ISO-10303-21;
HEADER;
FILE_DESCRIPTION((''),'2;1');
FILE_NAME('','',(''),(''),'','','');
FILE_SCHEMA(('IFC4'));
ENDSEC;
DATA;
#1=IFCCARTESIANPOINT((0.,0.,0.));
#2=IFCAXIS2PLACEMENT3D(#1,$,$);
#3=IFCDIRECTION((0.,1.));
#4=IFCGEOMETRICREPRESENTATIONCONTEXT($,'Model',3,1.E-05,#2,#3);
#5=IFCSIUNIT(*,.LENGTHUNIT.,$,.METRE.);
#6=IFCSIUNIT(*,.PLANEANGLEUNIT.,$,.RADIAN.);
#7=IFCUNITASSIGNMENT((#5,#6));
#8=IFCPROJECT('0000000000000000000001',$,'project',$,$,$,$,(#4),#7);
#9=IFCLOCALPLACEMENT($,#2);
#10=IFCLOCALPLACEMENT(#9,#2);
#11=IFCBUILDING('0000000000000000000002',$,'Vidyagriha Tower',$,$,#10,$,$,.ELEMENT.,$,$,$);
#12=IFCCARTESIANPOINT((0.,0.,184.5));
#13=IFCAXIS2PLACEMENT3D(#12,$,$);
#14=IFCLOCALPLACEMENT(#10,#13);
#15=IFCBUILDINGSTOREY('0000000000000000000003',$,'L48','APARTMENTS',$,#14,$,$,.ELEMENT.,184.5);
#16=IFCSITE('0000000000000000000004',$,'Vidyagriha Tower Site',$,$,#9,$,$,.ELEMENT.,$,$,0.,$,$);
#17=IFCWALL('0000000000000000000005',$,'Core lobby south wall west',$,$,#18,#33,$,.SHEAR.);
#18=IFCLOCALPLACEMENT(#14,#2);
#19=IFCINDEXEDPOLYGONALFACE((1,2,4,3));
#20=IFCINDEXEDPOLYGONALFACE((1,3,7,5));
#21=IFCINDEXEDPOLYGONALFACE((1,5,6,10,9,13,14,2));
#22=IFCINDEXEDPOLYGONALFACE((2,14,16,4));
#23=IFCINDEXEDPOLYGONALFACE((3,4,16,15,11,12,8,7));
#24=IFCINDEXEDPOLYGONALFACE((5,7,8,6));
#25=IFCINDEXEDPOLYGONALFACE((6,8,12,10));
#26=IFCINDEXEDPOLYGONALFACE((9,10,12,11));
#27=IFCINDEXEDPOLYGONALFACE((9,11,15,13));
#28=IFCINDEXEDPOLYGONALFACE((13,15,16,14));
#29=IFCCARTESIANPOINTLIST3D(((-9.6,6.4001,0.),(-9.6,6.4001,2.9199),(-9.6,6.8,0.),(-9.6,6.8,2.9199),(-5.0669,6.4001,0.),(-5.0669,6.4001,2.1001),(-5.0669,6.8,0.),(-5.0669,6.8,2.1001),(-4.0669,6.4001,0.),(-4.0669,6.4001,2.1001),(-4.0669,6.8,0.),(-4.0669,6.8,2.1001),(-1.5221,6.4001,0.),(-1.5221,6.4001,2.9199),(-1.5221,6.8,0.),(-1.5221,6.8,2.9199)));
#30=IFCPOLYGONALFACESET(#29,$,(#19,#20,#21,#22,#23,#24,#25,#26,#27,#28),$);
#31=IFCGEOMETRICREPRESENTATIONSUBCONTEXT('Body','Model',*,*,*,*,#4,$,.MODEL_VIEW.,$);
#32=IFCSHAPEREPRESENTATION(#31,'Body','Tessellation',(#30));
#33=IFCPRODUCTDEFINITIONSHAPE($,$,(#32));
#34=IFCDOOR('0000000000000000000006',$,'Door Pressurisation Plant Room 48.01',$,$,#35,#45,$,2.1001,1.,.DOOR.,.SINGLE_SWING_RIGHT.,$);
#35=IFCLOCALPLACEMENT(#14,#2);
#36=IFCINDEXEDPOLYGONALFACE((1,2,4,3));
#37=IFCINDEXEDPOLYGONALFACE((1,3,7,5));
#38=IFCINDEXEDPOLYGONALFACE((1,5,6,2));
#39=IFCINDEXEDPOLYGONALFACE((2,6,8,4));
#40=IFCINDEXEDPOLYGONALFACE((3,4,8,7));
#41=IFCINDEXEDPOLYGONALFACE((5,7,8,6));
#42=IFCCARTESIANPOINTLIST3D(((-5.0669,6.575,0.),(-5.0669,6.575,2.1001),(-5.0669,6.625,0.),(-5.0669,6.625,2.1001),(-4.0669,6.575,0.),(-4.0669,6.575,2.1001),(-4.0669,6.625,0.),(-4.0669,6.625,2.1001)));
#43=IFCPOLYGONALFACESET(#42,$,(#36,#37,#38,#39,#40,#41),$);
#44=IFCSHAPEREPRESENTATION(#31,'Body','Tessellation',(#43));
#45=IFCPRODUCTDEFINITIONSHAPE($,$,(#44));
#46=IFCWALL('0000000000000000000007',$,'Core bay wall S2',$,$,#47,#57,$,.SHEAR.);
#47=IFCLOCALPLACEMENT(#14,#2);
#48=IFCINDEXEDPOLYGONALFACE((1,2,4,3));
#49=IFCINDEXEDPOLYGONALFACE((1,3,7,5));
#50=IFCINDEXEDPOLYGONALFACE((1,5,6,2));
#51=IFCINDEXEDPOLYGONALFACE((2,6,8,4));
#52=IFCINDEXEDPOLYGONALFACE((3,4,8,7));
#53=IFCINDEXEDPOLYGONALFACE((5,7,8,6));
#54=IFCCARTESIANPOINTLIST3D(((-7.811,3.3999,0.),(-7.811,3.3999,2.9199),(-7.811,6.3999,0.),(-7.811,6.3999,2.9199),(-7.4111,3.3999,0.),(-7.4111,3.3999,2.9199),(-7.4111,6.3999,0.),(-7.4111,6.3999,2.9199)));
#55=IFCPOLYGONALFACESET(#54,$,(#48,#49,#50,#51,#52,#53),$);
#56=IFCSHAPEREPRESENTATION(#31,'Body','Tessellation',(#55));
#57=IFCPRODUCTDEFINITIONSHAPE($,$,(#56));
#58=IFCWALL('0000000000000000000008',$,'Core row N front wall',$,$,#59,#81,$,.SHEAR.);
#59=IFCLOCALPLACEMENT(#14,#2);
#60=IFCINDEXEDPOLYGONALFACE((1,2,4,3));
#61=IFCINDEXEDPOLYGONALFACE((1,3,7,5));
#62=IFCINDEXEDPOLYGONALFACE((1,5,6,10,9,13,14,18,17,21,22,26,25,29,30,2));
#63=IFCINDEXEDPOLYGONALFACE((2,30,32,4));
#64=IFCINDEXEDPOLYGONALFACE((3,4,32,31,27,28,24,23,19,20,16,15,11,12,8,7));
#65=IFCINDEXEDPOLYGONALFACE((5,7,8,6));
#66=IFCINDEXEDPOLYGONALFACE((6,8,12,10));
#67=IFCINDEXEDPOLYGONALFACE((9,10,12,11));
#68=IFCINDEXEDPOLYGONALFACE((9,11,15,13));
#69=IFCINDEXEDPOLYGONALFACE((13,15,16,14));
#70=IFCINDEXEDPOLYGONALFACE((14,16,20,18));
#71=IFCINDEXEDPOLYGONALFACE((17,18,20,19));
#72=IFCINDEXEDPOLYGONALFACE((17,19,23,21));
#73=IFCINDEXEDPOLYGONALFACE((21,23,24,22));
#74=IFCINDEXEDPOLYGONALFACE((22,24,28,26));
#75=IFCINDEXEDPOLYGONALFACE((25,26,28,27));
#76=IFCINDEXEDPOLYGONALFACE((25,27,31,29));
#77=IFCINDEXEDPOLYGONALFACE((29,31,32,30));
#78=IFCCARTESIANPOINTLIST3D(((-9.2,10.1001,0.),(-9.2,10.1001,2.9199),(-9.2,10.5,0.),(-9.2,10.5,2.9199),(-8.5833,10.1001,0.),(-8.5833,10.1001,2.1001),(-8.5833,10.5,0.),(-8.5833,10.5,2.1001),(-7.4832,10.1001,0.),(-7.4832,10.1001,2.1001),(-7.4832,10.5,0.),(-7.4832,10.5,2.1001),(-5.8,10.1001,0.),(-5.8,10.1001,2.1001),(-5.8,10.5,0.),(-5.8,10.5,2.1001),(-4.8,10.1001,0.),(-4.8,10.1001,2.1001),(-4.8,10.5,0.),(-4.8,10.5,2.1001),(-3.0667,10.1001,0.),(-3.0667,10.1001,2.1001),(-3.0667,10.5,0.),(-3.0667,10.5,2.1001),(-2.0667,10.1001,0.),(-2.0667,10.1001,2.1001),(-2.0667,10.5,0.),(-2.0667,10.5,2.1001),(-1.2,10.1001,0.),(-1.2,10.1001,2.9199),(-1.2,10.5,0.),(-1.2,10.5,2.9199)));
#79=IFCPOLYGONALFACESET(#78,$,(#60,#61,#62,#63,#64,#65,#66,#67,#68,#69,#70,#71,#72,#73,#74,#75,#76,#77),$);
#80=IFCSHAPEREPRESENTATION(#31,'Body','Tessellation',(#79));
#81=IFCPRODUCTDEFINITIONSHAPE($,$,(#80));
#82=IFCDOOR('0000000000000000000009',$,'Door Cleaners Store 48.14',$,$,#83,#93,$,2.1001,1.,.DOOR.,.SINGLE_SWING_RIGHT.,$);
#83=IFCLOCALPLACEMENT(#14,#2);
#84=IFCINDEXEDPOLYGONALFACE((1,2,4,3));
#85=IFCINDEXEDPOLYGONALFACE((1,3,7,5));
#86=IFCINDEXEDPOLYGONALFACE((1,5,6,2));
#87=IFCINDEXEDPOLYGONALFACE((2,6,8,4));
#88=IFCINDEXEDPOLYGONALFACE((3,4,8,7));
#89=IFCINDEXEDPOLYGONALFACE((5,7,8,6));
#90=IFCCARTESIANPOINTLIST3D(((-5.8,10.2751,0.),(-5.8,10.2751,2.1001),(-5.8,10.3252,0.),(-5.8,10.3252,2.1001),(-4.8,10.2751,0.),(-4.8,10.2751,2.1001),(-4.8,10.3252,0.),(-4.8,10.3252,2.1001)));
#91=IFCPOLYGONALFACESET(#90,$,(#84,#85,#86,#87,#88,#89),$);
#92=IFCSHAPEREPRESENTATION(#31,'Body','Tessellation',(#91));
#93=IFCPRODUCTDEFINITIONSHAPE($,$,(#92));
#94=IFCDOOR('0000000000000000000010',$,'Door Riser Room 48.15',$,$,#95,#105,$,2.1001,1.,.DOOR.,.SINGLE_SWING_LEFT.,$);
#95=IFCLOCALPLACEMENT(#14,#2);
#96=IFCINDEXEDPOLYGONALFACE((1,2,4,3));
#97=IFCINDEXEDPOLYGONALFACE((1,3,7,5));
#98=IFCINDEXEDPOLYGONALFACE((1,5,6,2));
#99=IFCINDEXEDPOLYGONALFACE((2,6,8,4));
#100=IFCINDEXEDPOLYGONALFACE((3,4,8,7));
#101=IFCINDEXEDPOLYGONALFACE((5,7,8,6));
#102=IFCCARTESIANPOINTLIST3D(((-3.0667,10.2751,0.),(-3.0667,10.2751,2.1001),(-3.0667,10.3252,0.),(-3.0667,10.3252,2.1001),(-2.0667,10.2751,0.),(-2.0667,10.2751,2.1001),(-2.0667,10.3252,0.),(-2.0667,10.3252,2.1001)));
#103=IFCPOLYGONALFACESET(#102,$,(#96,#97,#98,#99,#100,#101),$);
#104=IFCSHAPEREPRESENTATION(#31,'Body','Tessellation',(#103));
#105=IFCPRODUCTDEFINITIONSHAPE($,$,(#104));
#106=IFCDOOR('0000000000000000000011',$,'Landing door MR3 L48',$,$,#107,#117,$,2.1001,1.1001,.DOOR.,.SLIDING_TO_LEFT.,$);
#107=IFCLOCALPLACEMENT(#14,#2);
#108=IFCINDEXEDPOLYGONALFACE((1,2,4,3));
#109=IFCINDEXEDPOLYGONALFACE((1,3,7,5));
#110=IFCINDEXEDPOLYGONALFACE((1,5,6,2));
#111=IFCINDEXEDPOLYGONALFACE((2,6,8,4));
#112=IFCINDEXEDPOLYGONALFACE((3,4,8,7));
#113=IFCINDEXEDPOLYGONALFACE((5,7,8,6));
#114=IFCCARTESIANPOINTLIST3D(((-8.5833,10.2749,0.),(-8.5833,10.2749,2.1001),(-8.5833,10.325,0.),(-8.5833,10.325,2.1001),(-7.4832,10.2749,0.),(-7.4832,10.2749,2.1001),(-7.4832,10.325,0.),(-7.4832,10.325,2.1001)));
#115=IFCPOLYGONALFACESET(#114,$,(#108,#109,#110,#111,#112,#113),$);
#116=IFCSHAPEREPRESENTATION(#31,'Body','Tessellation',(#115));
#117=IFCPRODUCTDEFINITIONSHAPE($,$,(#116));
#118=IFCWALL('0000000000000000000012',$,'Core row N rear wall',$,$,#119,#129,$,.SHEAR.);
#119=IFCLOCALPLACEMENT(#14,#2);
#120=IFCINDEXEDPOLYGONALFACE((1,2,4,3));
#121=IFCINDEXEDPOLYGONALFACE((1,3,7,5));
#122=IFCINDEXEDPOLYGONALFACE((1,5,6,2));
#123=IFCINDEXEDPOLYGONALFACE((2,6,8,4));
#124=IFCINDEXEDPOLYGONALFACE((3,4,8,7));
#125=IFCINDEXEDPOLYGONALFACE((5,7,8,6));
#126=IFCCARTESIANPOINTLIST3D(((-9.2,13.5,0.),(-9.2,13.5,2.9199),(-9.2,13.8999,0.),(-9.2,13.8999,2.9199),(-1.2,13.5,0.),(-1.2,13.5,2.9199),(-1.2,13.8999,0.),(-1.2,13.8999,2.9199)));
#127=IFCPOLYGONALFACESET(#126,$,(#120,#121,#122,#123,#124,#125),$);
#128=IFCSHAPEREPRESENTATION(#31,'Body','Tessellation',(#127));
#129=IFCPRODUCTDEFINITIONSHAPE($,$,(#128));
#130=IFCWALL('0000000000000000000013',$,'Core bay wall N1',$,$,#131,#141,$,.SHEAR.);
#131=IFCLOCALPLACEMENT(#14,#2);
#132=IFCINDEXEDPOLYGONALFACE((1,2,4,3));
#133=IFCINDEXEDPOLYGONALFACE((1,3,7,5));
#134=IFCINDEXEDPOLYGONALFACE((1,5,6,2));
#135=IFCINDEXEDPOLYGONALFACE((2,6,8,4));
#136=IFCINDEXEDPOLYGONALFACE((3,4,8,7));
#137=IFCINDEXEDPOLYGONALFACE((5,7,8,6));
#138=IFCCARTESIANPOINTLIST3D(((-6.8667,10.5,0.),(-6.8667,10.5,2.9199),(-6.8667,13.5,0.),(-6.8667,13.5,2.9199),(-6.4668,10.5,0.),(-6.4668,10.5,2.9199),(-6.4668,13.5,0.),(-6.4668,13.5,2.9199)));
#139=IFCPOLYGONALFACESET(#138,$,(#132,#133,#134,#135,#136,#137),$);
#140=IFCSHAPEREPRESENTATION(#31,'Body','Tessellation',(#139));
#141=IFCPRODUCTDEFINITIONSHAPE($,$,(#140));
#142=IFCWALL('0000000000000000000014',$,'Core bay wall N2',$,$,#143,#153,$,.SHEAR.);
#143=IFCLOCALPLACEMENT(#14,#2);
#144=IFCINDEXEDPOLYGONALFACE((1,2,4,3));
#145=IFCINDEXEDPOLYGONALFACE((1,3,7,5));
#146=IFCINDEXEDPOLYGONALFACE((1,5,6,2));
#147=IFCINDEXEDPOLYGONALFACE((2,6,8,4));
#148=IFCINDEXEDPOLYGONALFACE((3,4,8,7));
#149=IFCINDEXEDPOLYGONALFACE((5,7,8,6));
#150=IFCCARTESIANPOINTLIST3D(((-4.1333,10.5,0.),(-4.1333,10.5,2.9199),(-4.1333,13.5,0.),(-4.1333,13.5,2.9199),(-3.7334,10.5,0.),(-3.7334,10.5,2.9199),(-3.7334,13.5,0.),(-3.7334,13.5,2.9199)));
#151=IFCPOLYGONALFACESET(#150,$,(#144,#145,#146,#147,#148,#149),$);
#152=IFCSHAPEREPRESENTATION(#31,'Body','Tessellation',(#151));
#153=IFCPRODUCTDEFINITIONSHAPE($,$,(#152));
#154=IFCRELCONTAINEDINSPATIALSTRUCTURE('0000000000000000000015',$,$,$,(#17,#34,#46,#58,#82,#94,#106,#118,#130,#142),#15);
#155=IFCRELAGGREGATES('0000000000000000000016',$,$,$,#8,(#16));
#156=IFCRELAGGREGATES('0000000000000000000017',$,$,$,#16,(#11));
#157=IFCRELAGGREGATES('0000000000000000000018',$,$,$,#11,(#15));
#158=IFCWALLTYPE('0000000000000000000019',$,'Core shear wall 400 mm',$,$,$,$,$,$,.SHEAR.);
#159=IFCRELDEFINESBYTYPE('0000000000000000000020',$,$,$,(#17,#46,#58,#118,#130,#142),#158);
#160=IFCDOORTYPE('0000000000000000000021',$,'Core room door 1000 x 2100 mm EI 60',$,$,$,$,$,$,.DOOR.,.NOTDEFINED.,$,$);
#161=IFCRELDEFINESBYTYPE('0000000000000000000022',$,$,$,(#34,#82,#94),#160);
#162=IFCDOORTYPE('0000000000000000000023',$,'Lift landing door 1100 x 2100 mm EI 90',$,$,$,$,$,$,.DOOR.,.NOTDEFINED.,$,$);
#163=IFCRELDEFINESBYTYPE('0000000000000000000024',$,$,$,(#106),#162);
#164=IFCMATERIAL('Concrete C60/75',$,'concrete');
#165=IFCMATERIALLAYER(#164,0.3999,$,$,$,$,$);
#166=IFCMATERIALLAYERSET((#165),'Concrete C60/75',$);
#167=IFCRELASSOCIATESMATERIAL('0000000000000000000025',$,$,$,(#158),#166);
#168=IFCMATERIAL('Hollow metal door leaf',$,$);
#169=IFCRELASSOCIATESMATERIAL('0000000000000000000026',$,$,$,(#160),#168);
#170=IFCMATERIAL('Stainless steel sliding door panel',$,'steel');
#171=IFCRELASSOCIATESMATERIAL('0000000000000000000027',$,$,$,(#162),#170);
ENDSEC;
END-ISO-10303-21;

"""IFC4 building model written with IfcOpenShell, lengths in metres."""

from ifc_helpers import new_model, si_unit, direction, frame, frame_2d, origin, place, context, subcontext, project, spatial, rectangle, extrude, material, layer, layer_set, type_object, element, fill, save


model = new_model("IFC4")

# Units and contexts
model_context = context("Model", 3, precision=1e-05, world=origin(), true_north=direction((0.0, 1.0)))
body_context = subcontext(model_context, "Body", "Model", "MODEL_VIEW")
ifc_project = project(units=[si_unit("LENGTHUNIT", "METRE"), si_unit("PLANEANGLEUNIT", "RADIAN")], contexts=[model_context])

# Site, building, storey
site_placement = place(None, origin())
site = spatial("IfcSite", under=ifc_project, at=site_placement, Name="Vidyagriha Tower Site", CompositionType="ELEMENT", RefElevation=0.0)
building_placement = place(site_placement, origin())
building = spatial("IfcBuilding", under=site, at=building_placement, Name="Vidyagriha Tower", CompositionType="ELEMENT")
storey_placement = place(building_placement, frame((0.0, 0.0, 184.5)))
storey = spatial("IfcBuildingStorey", under=building, at=storey_placement, Name="L48", Description="APARTMENTS", CompositionType="ELEMENT", Elevation=184.5)

# Shared definitions
ifc_material_1 = material(Name="Concrete C60/75", Category="concrete")
ifc_layer_1 = layer(ifc_material_1, 0.3999)
ifc_layer_set_1 = layer_set([ifc_layer_1], Name="Concrete C60/75")
wall_type_1 = type_object("IfcWallType", Name="Core shear wall 400 mm", PredefinedType="SHEAR", material=ifc_layer_set_1)

# Shared definitions
ifc_material_2 = material(Name="Hollow metal door leaf")
door_type_1 = type_object("IfcDoorType", Name="Core room door 1000 x 2100 mm EI 60", OperationType="NOTDEFINED", PredefinedType="DOOR", material=ifc_material_2)
ifc_material_3 = material(Name="Stainless steel sliding door panel", Category="steel")
door_type_2 = type_object("IfcDoorType", Name="Lift landing door 1100 x 2100 mm EI 90", OperationType="NOTDEFINED", PredefinedType="DOOR", material=ifc_material_3)

# Wall, opening, door
wall_1_placement = place(storey_placement, frame((-9.6001, 6.6001, 0.0)))
wall_1 = element("IfcWall", 1, at=wall_1_placement, inside=storey, type_object=wall_type_1, Name="Core lobby south wall west", PredefinedType="SHEAR", context=body_context, shape_type="SweptSolid", body=[
    extrude(rectangle(XDim=8.0779, YDim=0.3999, at=frame_2d((4.0391, 0.0))), origin(), (0.0, 0.0, 1.0), 2.9199),
])
opening_1_placement = place(wall_1_placement, frame((4.5332, 0.0, 0.0)))
opening_1 = element("IfcOpeningElement", 2, at=opening_1_placement, cuts=wall_1, PredefinedType="OPENING", context=body_context, shape_type="SweptSolid", body=[
    extrude(rectangle(XDim=1.0, YDim=2.1001, at=frame_2d((0.5, 1.05))), frame((0.0, 0.21, 0.0), z_axis=(0.0, -1.0, 0.0), x_axis=(1.0, 0.0, 0.0)), (0.0, 0.0, 1.0), 0.4199),
])
door_1_placement = place(opening_1_placement, origin())
door_1 = element("IfcDoor", 3, at=door_1_placement, inside=storey, type_object=door_type_1, Name="Door Pressurisation Plant Room 48.01", OperationType="SINGLE_SWING_RIGHT", OverallHeight=2.1001, OverallWidth=1.0, PredefinedType="DOOR", context=body_context, shape_type="SweptSolid", body=[
    extrude(rectangle(XDim=1.0, YDim=2.1001, at=frame_2d((0.5, 1.05))), frame((0.0, 0.0249, 0.0), z_axis=(0.0, -1.0, 0.0), x_axis=(1.0, 0.0, 0.0)), (0.0, 0.0, 1.0), 0.05),
])
fill(opening_1, door_1)

# Wall
wall_2_placement = place(storey_placement, frame((-7.6111, 3.3999, 0.0), z_axis=(0.0, 0.0, 1.0), x_axis=(0.0, 1.0, 0.0)))
element("IfcWall", 4, at=wall_2_placement, inside=storey, type_object=wall_type_1, Name="Core bay wall S2", PredefinedType="SHEAR", context=body_context, shape_type="SweptSolid", body=[
    extrude(rectangle(XDim=3.0, YDim=0.3999, at=frame_2d((1.5, 0.0))), origin(), (0.0, 0.0, 1.0), 2.9199),
])

# Wall, openings, doors
wall_3_placement = place(storey_placement, frame((-9.2, 10.3, 0.0)))
wall_3 = element("IfcWall", 5, at=wall_3_placement, inside=storey, type_object=wall_type_1, Name="Core row N front wall", PredefinedType="SHEAR", context=body_context, shape_type="SweptSolid", body=[
    extrude(rectangle(XDim=8.0, YDim=0.3999, at=frame_2d((4.0, 0.0))), origin(), (0.0, 0.0, 1.0), 2.9199),
])
opening_2_placement = place(wall_3_placement, frame((0.6167, 0.0, 0.0)))
opening_2 = element("IfcOpeningElement", 6, at=opening_2_placement, cuts=wall_3, PredefinedType="OPENING", context=body_context, shape_type="SweptSolid", body=[
    extrude(rectangle(XDim=1.1001, YDim=2.1001, at=frame_2d((0.55, 1.05))), frame((0.0, 0.21, 0.0), z_axis=(0.0, -1.0, 0.0), x_axis=(1.0, 0.0, 0.0)), (0.0, 0.0, 1.0), 0.4199),
])
opening_3_placement = place(wall_3_placement, frame((3.3999, 0.0, 0.0)))
opening_3 = element("IfcOpeningElement", 7, at=opening_3_placement, cuts=wall_3, PredefinedType="OPENING", context=body_context, shape_type="SweptSolid", body=[
    extrude(rectangle(XDim=1.0, YDim=2.1001, at=frame_2d((0.5, 1.05))), frame((0.0, 0.21, 0.0), z_axis=(0.0, -1.0, 0.0), x_axis=(1.0, 0.0, 0.0)), (0.0, 0.0, 1.0), 0.4199),
])
opening_4_placement = place(wall_3_placement, frame((6.1333, 0.0, 0.0)))
opening_4 = element("IfcOpeningElement", 8, at=opening_4_placement, cuts=wall_3, PredefinedType="OPENING", context=body_context, shape_type="SweptSolid", body=[
    extrude(rectangle(XDim=1.0, YDim=2.1001, at=frame_2d((0.5, 1.05))), frame((0.0, 0.21, 0.0), z_axis=(0.0, -1.0, 0.0), x_axis=(1.0, 0.0, 0.0)), (0.0, 0.0, 1.0), 0.4199),
])
door_2_placement = place(opening_3_placement, frame((1.0, 0.0, 0.0), z_axis=(0.0, 0.0, 1.0), x_axis=(-1.0, 0.0, 0.0)))
door_2 = element("IfcDoor", 9, at=door_2_placement, inside=storey, type_object=door_type_1, Name="Door Cleaners Store 48.14", OperationType="SINGLE_SWING_RIGHT", OverallHeight=2.1001, OverallWidth=1.0, PredefinedType="DOOR", context=body_context, shape_type="SweptSolid", body=[
    extrude(rectangle(XDim=1.0, YDim=2.1001, at=frame_2d((0.5, 1.05))), frame((0.0, 0.0249, 0.0), z_axis=(0.0, -1.0, 0.0), x_axis=(1.0, 0.0, 0.0)), (0.0, 0.0, 1.0), 0.05),
])
fill(opening_3, door_2)
door_3_placement = place(opening_4_placement, frame((1.0, 0.0, 0.0), z_axis=(0.0, 0.0, 1.0), x_axis=(-1.0, 0.0, 0.0)))
door_3 = element("IfcDoor", 10, at=door_3_placement, inside=storey, type_object=door_type_1, Name="Door Riser Room 48.15", OperationType="SINGLE_SWING_LEFT", OverallHeight=2.1001, OverallWidth=1.0, PredefinedType="DOOR", context=body_context, shape_type="SweptSolid", body=[
    extrude(rectangle(XDim=1.0, YDim=2.1001, at=frame_2d((0.5, 1.05))), frame((0.0, 0.0249, 0.0), z_axis=(0.0, -1.0, 0.0), x_axis=(1.0, 0.0, 0.0)), (0.0, 0.0, 1.0), 0.05),
])
fill(opening_4, door_3)
door_4_placement = place(opening_2_placement, origin())
door_4 = element("IfcDoor", 11, at=door_4_placement, inside=storey, type_object=door_type_2, Name="Landing door MR3 L48", OperationType="SLIDING_TO_LEFT", OverallHeight=2.1001, OverallWidth=1.1001, PredefinedType="DOOR", context=body_context, shape_type="SweptSolid", body=[
    extrude(rectangle(XDim=1.1001, YDim=2.1001, at=frame_2d((0.55, 1.05))), frame((0.0, 0.0249, 0.0), z_axis=(0.0, -1.0, 0.0), x_axis=(1.0, 0.0, 0.0)), (0.0, 0.0, 1.0), 0.05),
])
fill(opening_2, door_4)

# Walls
wall_4_placement = place(storey_placement, frame((-9.2, 13.7, 0.0)))
element("IfcWall", 12, at=wall_4_placement, inside=storey, type_object=wall_type_1, Name="Core row N rear wall", PredefinedType="SHEAR", context=body_context, shape_type="SweptSolid", body=[
    extrude(rectangle(XDim=8.0, YDim=0.3999, at=frame_2d((4.0, 0.0))), origin(), (0.0, 0.0, 1.0), 2.9199),
])
for number, where, z_axis, x_axis, name in (
    (13, (-6.6667, 10.5, 0.0), (0.0, 0.0, 1.0), (0.0, 1.0, 0.0), "Core bay wall N1"),
    (14, (-3.9333, 10.5, 0.0), (0.0, 0.0, 1.0), (0.0, 1.0, 0.0), "Core bay wall N2"),
):
    element("IfcWall", number, at=place(storey_placement, frame(where, z_axis=z_axis, x_axis=x_axis)), inside=storey, type_object=wall_type_1, Name=name, PredefinedType="SHEAR", context=body_context, shape_type="SweptSolid", body=[
        extrude(rectangle(XDim=3.0, YDim=0.3999, at=frame_2d((1.5, 0.0))), origin(), (0.0, 0.0, 1.0), 2.9199),
    ])

save(model, "model.ifc")
